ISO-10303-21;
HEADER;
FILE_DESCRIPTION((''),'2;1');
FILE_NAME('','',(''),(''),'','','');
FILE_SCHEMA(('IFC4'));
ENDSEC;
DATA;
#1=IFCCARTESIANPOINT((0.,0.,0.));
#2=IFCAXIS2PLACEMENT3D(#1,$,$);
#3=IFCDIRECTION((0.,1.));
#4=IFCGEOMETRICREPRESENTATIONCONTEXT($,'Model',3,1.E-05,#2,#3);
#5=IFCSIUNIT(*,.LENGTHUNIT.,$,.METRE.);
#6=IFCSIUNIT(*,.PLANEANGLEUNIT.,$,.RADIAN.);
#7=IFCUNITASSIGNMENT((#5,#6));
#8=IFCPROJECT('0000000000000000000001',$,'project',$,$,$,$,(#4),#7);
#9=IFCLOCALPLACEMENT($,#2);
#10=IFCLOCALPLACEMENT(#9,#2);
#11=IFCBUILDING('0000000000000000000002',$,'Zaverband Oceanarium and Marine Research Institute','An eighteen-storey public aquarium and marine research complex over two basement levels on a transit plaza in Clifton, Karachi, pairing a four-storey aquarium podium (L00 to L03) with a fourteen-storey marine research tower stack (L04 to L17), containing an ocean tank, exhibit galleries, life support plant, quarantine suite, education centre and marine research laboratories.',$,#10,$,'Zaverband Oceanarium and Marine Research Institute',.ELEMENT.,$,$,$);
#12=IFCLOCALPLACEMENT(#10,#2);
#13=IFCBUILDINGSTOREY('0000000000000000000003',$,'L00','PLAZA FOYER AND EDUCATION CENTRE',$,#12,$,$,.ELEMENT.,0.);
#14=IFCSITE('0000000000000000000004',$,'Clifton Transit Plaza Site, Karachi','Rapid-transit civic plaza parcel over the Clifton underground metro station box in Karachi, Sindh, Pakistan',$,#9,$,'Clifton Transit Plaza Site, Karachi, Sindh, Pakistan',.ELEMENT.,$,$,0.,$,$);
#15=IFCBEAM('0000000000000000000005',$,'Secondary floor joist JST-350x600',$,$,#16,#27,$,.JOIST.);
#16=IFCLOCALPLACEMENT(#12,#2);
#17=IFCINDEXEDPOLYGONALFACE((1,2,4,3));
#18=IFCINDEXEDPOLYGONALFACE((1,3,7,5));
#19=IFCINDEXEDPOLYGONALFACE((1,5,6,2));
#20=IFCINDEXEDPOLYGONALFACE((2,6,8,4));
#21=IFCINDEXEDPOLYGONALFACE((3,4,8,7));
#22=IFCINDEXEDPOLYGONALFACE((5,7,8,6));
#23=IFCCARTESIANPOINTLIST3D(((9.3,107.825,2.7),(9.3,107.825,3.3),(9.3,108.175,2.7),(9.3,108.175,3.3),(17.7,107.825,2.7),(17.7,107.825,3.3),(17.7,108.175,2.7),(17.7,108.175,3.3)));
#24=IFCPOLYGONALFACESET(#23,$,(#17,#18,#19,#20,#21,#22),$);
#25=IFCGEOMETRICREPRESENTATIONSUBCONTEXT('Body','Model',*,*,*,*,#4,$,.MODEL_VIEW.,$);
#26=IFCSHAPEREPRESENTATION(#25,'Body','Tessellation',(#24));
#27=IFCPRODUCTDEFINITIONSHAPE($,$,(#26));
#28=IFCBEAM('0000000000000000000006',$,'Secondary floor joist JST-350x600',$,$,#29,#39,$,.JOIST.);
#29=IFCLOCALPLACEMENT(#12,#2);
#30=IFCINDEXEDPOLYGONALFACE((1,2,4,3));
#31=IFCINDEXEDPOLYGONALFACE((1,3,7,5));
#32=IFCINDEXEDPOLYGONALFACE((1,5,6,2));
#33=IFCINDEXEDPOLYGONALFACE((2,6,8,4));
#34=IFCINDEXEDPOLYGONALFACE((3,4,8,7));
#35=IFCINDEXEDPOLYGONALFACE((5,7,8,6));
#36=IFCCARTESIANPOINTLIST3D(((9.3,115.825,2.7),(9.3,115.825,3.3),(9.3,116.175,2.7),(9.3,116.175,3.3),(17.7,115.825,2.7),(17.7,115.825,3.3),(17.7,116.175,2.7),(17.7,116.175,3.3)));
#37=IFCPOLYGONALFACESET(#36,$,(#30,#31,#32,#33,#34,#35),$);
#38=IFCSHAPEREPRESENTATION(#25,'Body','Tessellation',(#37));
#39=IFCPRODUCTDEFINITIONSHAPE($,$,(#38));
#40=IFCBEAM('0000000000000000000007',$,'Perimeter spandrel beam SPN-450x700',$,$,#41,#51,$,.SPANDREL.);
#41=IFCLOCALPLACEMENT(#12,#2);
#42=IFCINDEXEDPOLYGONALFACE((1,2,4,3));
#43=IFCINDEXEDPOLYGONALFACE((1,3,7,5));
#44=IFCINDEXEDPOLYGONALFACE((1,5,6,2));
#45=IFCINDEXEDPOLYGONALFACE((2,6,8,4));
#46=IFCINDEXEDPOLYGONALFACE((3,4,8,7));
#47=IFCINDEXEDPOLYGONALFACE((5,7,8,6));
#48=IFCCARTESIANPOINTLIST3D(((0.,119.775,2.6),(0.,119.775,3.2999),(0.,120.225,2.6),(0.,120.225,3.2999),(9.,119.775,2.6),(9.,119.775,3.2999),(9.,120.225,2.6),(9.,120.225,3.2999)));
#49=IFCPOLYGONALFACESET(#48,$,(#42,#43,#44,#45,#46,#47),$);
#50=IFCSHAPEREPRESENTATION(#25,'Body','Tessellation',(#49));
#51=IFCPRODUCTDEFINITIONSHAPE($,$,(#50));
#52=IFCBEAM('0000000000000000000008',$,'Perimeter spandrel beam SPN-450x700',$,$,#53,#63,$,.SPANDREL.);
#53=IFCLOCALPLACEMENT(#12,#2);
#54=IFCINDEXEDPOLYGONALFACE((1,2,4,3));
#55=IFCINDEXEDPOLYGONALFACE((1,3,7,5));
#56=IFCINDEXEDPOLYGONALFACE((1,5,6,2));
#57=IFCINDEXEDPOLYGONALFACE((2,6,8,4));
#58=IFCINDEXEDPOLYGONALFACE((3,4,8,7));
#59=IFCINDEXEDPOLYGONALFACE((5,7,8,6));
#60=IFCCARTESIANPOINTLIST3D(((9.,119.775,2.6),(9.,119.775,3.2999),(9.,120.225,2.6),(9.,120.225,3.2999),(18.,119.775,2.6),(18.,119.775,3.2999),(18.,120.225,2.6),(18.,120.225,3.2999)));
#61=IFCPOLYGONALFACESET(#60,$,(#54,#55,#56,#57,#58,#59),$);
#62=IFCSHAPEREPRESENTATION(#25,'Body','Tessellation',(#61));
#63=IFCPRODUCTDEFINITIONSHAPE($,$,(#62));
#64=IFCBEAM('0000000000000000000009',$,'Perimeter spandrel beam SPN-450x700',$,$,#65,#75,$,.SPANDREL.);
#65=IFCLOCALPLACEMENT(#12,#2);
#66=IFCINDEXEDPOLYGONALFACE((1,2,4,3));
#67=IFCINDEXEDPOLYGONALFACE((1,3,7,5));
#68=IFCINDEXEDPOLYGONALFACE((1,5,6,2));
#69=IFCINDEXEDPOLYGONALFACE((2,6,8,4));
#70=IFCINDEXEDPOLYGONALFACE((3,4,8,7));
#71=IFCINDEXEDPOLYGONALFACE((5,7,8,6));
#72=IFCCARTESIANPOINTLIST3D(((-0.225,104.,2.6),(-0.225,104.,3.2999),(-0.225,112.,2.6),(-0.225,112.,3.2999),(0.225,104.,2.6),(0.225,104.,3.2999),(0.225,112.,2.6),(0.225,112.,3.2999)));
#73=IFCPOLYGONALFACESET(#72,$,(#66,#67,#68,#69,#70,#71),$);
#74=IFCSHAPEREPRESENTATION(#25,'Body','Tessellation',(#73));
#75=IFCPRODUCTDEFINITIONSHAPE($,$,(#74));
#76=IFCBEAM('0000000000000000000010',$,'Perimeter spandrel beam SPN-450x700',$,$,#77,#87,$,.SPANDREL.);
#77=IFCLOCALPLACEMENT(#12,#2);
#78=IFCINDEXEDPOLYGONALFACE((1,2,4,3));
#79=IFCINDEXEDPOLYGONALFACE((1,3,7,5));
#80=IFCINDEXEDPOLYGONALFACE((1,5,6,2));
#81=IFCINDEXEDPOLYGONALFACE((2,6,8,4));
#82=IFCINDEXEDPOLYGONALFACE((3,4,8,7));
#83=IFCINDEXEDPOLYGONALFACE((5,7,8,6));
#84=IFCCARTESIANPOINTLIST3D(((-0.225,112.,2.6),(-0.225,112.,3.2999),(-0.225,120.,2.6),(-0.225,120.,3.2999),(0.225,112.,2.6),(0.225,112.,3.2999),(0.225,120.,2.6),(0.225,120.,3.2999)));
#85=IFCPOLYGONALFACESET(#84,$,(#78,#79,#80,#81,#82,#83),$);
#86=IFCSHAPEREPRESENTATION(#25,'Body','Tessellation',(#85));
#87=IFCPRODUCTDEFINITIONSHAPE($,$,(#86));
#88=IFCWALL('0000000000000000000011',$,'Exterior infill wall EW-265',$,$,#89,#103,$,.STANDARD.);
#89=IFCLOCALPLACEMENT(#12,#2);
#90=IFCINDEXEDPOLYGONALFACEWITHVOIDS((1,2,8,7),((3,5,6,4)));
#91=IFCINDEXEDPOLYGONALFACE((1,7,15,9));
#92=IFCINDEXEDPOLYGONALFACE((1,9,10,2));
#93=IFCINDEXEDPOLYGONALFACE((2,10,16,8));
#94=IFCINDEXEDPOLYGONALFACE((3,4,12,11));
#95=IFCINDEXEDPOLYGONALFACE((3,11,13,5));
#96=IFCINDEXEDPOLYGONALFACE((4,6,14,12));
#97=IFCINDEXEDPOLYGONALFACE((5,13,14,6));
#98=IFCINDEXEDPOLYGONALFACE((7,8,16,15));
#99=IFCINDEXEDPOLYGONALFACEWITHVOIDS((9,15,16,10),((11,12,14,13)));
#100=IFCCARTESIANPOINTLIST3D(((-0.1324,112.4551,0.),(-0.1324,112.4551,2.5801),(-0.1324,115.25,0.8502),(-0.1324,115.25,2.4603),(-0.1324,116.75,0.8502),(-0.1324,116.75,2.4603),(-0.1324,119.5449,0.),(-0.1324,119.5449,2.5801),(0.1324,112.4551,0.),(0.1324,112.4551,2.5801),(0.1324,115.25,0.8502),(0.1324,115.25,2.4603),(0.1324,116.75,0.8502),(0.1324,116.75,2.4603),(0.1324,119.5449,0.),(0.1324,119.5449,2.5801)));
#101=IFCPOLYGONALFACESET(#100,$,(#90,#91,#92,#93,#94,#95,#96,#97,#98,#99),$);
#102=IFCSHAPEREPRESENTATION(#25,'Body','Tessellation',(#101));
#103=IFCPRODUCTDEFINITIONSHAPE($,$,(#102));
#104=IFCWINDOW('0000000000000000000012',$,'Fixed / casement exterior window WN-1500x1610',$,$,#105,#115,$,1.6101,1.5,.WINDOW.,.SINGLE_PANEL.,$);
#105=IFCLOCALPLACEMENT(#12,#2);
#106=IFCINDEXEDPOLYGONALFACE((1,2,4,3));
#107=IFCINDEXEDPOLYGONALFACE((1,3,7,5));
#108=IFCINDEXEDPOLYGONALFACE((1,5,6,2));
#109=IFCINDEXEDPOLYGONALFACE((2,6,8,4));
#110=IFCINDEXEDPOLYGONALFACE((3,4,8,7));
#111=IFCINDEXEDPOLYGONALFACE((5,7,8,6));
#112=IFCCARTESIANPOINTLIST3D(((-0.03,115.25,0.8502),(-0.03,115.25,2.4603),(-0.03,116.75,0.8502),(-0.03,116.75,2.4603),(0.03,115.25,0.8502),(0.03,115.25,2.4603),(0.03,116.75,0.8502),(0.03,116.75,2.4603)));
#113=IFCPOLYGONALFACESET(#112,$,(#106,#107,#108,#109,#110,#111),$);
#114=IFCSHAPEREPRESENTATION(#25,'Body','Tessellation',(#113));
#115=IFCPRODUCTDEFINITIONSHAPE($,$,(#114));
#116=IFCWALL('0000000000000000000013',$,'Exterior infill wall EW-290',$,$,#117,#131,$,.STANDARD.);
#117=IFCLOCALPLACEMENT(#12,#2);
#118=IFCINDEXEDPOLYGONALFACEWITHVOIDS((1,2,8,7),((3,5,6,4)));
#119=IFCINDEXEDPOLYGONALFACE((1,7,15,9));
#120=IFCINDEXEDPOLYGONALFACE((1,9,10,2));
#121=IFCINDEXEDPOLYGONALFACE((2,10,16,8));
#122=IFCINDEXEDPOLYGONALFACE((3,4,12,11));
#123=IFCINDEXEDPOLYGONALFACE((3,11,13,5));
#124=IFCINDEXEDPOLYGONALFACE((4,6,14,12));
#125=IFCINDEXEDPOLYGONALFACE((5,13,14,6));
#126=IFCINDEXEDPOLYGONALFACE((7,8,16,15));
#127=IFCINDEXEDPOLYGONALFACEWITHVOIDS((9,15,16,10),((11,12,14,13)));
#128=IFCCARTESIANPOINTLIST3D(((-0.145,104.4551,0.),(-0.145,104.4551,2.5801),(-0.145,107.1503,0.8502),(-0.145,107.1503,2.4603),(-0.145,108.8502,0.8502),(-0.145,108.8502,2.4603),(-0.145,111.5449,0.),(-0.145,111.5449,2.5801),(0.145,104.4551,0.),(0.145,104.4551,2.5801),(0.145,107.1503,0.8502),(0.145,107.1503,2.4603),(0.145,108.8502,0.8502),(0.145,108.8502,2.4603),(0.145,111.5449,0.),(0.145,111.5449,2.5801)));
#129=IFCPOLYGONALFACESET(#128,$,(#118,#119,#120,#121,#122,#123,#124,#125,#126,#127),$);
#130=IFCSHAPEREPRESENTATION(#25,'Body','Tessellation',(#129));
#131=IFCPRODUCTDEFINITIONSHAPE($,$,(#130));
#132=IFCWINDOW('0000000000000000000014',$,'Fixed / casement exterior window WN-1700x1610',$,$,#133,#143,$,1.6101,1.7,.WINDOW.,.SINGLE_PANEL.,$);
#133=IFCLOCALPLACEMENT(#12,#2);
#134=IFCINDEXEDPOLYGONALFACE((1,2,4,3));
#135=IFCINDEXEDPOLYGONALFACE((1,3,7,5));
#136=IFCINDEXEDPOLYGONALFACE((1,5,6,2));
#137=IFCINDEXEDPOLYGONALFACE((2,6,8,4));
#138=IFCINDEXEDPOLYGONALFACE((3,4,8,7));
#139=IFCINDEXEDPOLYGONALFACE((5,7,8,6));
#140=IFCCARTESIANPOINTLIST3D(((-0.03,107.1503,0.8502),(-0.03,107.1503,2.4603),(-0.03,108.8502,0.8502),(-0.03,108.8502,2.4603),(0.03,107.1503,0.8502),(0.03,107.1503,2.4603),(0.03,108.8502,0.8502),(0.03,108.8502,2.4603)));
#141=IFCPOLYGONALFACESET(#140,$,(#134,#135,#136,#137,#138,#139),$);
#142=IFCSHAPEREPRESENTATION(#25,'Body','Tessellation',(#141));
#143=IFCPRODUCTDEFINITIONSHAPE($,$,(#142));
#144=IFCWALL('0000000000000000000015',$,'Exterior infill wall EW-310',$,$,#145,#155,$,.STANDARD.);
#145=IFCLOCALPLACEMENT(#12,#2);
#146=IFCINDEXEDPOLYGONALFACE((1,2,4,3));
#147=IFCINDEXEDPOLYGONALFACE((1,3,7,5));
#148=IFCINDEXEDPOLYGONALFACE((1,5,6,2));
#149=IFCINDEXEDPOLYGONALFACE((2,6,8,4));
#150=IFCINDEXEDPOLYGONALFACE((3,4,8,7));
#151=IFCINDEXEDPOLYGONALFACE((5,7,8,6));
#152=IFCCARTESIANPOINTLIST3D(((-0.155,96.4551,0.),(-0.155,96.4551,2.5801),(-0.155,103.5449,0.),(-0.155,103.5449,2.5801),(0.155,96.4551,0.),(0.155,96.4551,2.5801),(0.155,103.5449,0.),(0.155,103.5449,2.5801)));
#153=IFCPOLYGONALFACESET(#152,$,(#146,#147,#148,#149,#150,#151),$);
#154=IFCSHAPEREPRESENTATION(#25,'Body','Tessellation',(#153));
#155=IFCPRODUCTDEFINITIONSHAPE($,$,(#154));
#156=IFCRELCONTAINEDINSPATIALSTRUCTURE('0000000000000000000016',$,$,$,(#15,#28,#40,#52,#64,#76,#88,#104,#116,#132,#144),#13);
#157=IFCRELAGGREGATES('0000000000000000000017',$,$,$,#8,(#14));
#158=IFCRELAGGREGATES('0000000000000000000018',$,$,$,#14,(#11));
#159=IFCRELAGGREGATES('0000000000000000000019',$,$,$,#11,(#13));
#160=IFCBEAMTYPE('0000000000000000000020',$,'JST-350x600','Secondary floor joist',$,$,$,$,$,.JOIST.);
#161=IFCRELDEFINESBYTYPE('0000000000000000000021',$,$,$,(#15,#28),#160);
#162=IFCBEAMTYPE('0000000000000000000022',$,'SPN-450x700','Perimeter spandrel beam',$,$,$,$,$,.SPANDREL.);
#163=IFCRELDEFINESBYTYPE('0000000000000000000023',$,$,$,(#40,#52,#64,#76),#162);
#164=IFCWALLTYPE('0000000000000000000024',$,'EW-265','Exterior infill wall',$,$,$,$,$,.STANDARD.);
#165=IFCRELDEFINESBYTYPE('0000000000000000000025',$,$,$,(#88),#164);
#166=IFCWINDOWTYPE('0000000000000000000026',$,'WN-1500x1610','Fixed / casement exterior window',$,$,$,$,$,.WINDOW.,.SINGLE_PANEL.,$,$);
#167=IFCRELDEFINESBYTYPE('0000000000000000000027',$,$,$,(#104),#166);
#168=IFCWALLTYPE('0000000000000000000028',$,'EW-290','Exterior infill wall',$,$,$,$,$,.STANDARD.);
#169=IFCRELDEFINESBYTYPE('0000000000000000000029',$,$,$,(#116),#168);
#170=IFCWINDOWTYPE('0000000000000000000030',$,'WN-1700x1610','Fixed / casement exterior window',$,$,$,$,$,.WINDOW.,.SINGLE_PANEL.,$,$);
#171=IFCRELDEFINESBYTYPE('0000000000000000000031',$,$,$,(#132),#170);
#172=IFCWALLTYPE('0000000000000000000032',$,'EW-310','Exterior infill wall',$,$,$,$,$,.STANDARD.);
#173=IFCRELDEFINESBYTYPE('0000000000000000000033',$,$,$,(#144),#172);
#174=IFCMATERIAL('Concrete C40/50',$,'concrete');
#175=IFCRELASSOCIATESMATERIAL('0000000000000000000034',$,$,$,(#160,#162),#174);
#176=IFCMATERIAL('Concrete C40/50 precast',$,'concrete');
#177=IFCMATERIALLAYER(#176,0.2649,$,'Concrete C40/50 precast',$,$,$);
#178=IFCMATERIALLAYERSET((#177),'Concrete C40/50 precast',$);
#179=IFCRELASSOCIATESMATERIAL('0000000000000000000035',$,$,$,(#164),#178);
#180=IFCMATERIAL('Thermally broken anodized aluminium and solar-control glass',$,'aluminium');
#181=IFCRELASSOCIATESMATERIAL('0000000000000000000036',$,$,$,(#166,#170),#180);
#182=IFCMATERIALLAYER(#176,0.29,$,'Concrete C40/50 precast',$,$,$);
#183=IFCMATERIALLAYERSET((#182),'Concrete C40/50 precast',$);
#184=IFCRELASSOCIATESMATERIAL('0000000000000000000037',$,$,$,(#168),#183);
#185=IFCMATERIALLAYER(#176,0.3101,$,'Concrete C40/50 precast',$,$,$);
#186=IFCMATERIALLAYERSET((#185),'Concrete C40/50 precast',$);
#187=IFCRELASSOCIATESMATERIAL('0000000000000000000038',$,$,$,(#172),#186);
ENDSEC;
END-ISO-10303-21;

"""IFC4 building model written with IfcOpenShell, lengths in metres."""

from ifc_helpers import new_model, si_unit, direction, frame, frame_2d, origin, origin_2d, place, context, subcontext, project, spatial, rectangle, extrude, material, layer, layer_set, material_profile, profile_set, type_object, element, fill, save


model = new_model("IFC4")

# Units and contexts
model_context = context("Model", 3, precision=1e-05, world=origin(), true_north=direction((0.0, 1.0)))
body_context = subcontext(model_context, "Body", "Model", "MODEL_VIEW")
ifc_project = project(units=[si_unit("LENGTHUNIT", "METRE"), si_unit("PLANEANGLEUNIT", "RADIAN")], contexts=[model_context])

# Site, building, storey
site_placement = place(None, origin())
site = spatial("IfcSite", under=ifc_project, at=site_placement, Name="Clifton Transit Plaza Site, Karachi", Description="Rapid-transit civic plaza parcel over the Clifton underground metro station box in Karachi, Sindh, Pakistan", LongName="Clifton Transit Plaza Site, Karachi, Sindh, Pakistan", CompositionType="ELEMENT", RefElevation=0.0)
building_placement = place(site_placement, origin())
building = spatial("IfcBuilding", under=site, at=building_placement, Name="Zaverband Oceanarium and Marine Research Institute", Description="An eighteen-storey public aquarium and marine research complex over two basement levels on a transit plaza in Clifton, Karachi, pairing a four-storey aquarium podium (L00 to L03) with a fourteen-storey marine research tower stack (L04 to L17), containing an ocean tank, exhibit galleries, life support plant, quarantine suite, education centre and marine research laboratories.", LongName="Zaverband Oceanarium and Marine Research Institute", CompositionType="ELEMENT")
storey_placement = place(building_placement, origin())
storey = spatial("IfcBuildingStorey", under=building, at=storey_placement, Name="L00", Description="PLAZA FOYER AND EDUCATION CENTRE", CompositionType="ELEMENT", Elevation=0.0)

# Beams
ifc_material_1 = material(Name="Concrete C40/50", Category="concrete")
ifc_material_profile_1 = material_profile(ifc_material_1, rectangle(XDim=0.3501, YDim=0.6001, at=origin_2d()), Name="RC350x600")
ifc_profile_set_1 = profile_set([ifc_material_profile_1], Name="Concrete C40/50")
beam_type_1 = type_object("IfcBeamType", Name="JST-350x600", Description="Secondary floor joist", PredefinedType="JOIST", material=ifc_profile_set_1)
for number, where, z_axis, x_axis, name in (
    (1, (9.3, 108.0, 3.0), (1.0, 0.0, 0.0), (0.0, 1.0, 0.0), "Secondary floor joist JST-350x600"),
    (2, (9.3, 116.0, 3.0), (1.0, 0.0, 0.0), (0.0, 1.0, 0.0), "Secondary floor joist JST-350x600"),
):
    element("IfcBeam", number, at=place(storey_placement, frame(where, z_axis=z_axis, x_axis=x_axis)), inside=storey, type_object=beam_type_1, Name=name, PredefinedType="JOIST", context=body_context, shape_type="SweptSolid", body=[
        extrude(rectangle(XDim=0.3501, YDim=0.6001, at=origin_2d()), origin(), (0.0, 0.0, 1.0), 8.3999),
    ])
ifc_material_profile_2 = material_profile(ifc_material_1, rectangle(XDim=0.45, YDim=0.7, at=origin_2d()), Name="RC450x700")
ifc_profile_set_2 = profile_set([ifc_material_profile_2], Name="Concrete C40/50")
beam_type_2 = type_object("IfcBeamType", Name="SPN-450x700", Description="Perimeter spandrel beam", PredefinedType="SPANDREL", material=ifc_profile_set_2)
for number, where, z_axis, x_axis, name in (
    (3, (0.0, 120.0, 2.95), (1.0, 0.0, 0.0), (0.0, 1.0, 0.0), "Perimeter spandrel beam SPN-450x700"),
    (4, (9.0, 120.0, 2.95), (1.0, 0.0, 0.0), (0.0, 1.0, 0.0), "Perimeter spandrel beam SPN-450x700"),
):
    element("IfcBeam", number, at=place(storey_placement, frame(where, z_axis=z_axis, x_axis=x_axis)), inside=storey, type_object=beam_type_2, Name=name, PredefinedType="SPANDREL", context=body_context, shape_type="SweptSolid", body=[
        extrude(rectangle(XDim=0.45, YDim=0.7, at=origin_2d()), origin(), (0.0, 0.0, 1.0), 9.0),
    ])
for number, where, z_axis, x_axis, name in (
    (5, (0.0, 104.0, 2.95), (0.0, 1.0, 0.0), (-1.0, 0.0, 0.0), "Perimeter spandrel beam SPN-450x700"),
    (6, (0.0, 112.0, 2.95), (0.0, 1.0, 0.0), (-1.0, 0.0, 0.0), "Perimeter spandrel beam SPN-450x700"),
):
    element("IfcBeam", number, at=place(storey_placement, frame(where, z_axis=z_axis, x_axis=x_axis)), inside=storey, type_object=beam_type_2, Name=name, PredefinedType="SPANDREL", context=body_context, shape_type="SweptSolid", body=[
        extrude(rectangle(XDim=0.45, YDim=0.7, at=origin_2d()), origin(), (0.0, 0.0, 1.0), 8.0),
    ])

# Walls, openings, windows
ifc_material_2 = material(Name="Concrete C40/50 precast", Category="concrete")
ifc_layer_1 = layer(ifc_material_2, 0.2649, Name="Concrete C40/50 precast")
ifc_layer_set_1 = layer_set([ifc_layer_1], Name="Concrete C40/50 precast")
wall_type_1 = type_object("IfcWallType", Name="EW-265", Description="Exterior infill wall", PredefinedType="STANDARD", material=ifc_layer_set_1)
wall_1_placement = place(storey_placement, frame((0.0, 112.4551, 0.0), z_axis=(0.0, 0.0, 1.0), x_axis=(0.0, 1.0, 0.0)))
wall_1 = element("IfcWall", 7, at=wall_1_placement, inside=storey, type_object=wall_type_1, Name="Exterior infill wall EW-265", PredefinedType="STANDARD", context=body_context, shape_type="SweptSolid", body=[
    extrude(rectangle(XDim=7.0898, YDim=0.2649, at=frame_2d((3.5449, 0.0))), origin(), (0.0, 0.0, 1.0), 2.5801),
])
opening_1_placement = place(wall_1_placement, frame((2.7949, 0.0, 0.8501)))
opening_1 = element("IfcOpeningElement", 8, at=opening_1_placement, cuts=wall_1, PredefinedType="OPENING", context=body_context, shape_type="SweptSolid", body=[
    extrude(rectangle(XDim=1.5, YDim=1.6101, at=frame_2d((0.75, 0.8052))), frame((0.0, 0.1445, 0.0), z_axis=(0.0, -1.0, 0.0), x_axis=(1.0, 0.0, 0.0)), (0.0, 0.0, 1.0), 0.2888),
])
ifc_material_3 = material(Name="Thermally broken anodized aluminium and solar-control glass", Category="aluminium")
window_type_1 = type_object("IfcWindowType", Name="WN-1500x1610", Description="Fixed / casement exterior window", PartitioningType="SINGLE_PANEL", PredefinedType="WINDOW", material=ifc_material_3)
window_1_placement = place(opening_1_placement, origin())
window_1 = element("IfcWindow", 9, at=window_1_placement, inside=storey, type_object=window_type_1, Name="Fixed / casement exterior window WN-1500x1610", OverallHeight=1.6101, OverallWidth=1.5, PartitioningType="SINGLE_PANEL", PredefinedType="WINDOW", context=body_context, shape_type="SweptSolid", body=[
    extrude(rectangle(XDim=1.5, YDim=1.6101, at=frame_2d((0.75, 0.8052))), frame((0.0, 0.03, 0.0), z_axis=(0.0, -1.0, 0.0), x_axis=(1.0, 0.0, 0.0)), (0.0, 0.0, 1.0), 0.0601),
])
fill(opening_1, window_1)
ifc_layer_2 = layer(ifc_material_2, 0.29, Name="Concrete C40/50 precast")
ifc_layer_set_2 = layer_set([ifc_layer_2], Name="Concrete C40/50 precast")
wall_type_2 = type_object("IfcWallType", Name="EW-290", Description="Exterior infill wall", PredefinedType="STANDARD", material=ifc_layer_set_2)
wall_2_placement = place(storey_placement, frame((0.0, 104.4551, 0.0), z_axis=(0.0, 0.0, 1.0), x_axis=(0.0, 1.0, 0.0)))
wall_2 = element("IfcWall", 10, at=wall_2_placement, inside=storey, type_object=wall_type_2, Name="Exterior infill wall EW-290", PredefinedType="STANDARD", context=body_context, shape_type="SweptSolid", body=[
    extrude(rectangle(XDim=7.0898, YDim=0.29, at=frame_2d((3.5449, 0.0))), origin(), (0.0, 0.0, 1.0), 2.5801),
])
opening_2_placement = place(wall_2_placement, frame((2.6951, 0.0, 0.8501)))
opening_2 = element("IfcOpeningElement", 11, at=opening_2_placement, cuts=wall_2, PredefinedType="OPENING", context=body_context, shape_type="SweptSolid", body=[
    extrude(rectangle(XDim=1.7, YDim=1.6101, at=frame_2d((0.8501, 0.8052))), frame((0.0, 0.157, 0.0), z_axis=(0.0, -1.0, 0.0), x_axis=(1.0, 0.0, 0.0)), (0.0, 0.0, 1.0), 0.314),
])
window_type_2 = type_object("IfcWindowType", Name="WN-1700x1610", Description="Fixed / casement exterior window", PartitioningType="SINGLE_PANEL", PredefinedType="WINDOW", material=ifc_material_3)
window_2_placement = place(opening_2_placement, origin())
window_2 = element("IfcWindow", 12, at=window_2_placement, inside=storey, type_object=window_type_2, Name="Fixed / casement exterior window WN-1700x1610", OverallHeight=1.6101, OverallWidth=1.7, PartitioningType="SINGLE_PANEL", PredefinedType="WINDOW", context=body_context, shape_type="SweptSolid", body=[
    extrude(rectangle(XDim=1.7, YDim=1.6101, at=frame_2d((0.8501, 0.8052))), frame((0.0, 0.03, 0.0), z_axis=(0.0, -1.0, 0.0), x_axis=(1.0, 0.0, 0.0)), (0.0, 0.0, 1.0), 0.0601),
])
fill(opening_2, window_2)

# Wall
ifc_layer_3 = layer(ifc_material_2, 0.3101, Name="Concrete C40/50 precast")
ifc_layer_set_3 = layer_set([ifc_layer_3], Name="Concrete C40/50 precast")
wall_type_3 = type_object("IfcWallType", Name="EW-310", Description="Exterior infill wall", PredefinedType="STANDARD", material=ifc_layer_set_3)
wall_3_placement = place(storey_placement, frame((0.0, 96.4551, 0.0), z_axis=(0.0, 0.0, 1.0), x_axis=(0.0, 1.0, 0.0)))
element("IfcWall", 13, at=wall_3_placement, inside=storey, type_object=wall_type_3, Name="Exterior infill wall EW-310", PredefinedType="STANDARD", context=body_context, shape_type="SweptSolid", body=[
    extrude(rectangle(XDim=7.0898, YDim=0.3101, at=frame_2d((3.5449, 0.0))), origin(), (0.0, 0.0, 1.0), 2.5801),
])

save(model, "model.ifc")
